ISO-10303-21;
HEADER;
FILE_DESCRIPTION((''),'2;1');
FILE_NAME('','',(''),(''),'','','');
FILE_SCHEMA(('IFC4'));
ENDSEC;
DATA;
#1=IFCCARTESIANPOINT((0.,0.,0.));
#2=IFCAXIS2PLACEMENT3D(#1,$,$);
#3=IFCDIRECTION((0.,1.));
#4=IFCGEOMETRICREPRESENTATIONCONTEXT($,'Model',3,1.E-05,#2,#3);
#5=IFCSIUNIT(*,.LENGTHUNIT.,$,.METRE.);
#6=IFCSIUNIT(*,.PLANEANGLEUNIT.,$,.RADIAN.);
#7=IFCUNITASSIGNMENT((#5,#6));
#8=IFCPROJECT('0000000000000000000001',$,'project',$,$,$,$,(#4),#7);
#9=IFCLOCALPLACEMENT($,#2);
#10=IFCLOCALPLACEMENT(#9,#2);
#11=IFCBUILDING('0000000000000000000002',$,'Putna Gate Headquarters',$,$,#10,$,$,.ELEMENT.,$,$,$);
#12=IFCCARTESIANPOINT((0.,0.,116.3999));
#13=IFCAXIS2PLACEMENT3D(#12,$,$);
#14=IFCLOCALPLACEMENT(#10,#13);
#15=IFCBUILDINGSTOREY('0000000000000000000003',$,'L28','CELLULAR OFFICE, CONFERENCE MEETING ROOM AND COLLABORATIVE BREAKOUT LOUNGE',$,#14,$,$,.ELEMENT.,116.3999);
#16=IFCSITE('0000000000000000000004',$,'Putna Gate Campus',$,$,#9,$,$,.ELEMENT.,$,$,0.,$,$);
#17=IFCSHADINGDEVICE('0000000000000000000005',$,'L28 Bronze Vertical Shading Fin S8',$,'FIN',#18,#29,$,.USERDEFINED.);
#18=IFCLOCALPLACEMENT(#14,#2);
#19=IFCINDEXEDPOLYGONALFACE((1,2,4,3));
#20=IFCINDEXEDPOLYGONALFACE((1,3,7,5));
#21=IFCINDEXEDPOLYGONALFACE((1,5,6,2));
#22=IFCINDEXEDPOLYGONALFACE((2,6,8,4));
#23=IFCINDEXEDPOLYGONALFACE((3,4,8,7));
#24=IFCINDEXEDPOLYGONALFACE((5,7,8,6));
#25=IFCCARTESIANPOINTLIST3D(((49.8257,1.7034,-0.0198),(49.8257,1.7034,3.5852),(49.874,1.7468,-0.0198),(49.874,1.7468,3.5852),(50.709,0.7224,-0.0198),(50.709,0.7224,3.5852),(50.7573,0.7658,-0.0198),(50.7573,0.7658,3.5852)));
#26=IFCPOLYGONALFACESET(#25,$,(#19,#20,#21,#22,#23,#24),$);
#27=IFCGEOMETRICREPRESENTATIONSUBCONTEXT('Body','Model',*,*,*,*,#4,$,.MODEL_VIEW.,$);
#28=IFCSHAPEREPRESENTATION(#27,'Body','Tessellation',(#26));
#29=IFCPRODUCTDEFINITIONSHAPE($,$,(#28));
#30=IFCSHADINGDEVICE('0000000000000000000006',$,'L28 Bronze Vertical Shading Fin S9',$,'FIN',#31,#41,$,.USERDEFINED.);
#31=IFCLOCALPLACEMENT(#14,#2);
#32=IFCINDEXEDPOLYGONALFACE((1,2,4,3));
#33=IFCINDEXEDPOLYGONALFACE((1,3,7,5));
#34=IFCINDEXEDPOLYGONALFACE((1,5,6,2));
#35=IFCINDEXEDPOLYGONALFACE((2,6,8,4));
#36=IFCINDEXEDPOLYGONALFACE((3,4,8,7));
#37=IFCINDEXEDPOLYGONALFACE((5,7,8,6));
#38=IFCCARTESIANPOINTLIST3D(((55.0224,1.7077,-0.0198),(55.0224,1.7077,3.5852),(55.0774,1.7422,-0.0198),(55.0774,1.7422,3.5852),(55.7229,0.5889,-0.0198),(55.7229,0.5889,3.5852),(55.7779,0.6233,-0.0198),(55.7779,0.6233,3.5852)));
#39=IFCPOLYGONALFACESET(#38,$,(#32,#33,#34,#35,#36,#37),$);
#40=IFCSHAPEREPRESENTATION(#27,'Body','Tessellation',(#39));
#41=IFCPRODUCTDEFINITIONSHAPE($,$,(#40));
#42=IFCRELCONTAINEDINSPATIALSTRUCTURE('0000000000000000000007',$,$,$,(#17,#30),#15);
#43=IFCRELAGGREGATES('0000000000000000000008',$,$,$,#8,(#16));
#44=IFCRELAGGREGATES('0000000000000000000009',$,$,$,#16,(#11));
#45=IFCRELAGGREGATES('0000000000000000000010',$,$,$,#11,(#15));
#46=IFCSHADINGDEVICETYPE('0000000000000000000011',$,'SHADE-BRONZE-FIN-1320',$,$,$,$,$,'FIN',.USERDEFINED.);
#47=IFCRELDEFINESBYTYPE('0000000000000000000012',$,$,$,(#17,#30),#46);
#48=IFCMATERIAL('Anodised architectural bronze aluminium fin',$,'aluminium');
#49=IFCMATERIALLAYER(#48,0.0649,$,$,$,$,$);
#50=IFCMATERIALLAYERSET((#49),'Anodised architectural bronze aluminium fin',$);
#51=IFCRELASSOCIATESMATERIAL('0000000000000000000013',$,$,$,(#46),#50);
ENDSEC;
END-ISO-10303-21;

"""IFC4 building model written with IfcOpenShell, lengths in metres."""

from ifc_helpers import new_model, si_unit, direction, frame, origin, origin_2d, place, context, subcontext, project, spatial, rectangle, extrude, material, layer, layer_set, type_object, element, save


model = new_model("IFC4")

# Units and contexts
model_context = context("Model", 3, precision=1e-05, world=origin(), true_north=direction((0.0, 1.0)))
body_context = subcontext(model_context, "Body", "Model", "MODEL_VIEW")
ifc_project = project(units=[si_unit("LENGTHUNIT", "METRE"), si_unit("PLANEANGLEUNIT", "RADIAN")], contexts=[model_context])

# Site, building, storey
site_placement = place(None, origin())
site = spatial("IfcSite", under=ifc_project, at=site_placement, Name="Putna Gate Campus", CompositionType="ELEMENT", RefElevation=0.0)
building_placement = place(site_placement, origin())
building = spatial("IfcBuilding", under=site, at=building_placement, Name="Putna Gate Headquarters", CompositionType="ELEMENT")
storey_placement = place(building_placement, frame((0.0, 0.0, 116.3999)))
storey = spatial("IfcBuildingStorey", under=building, at=storey_placement, Name="L28", Description="CELLULAR OFFICE, CONFERENCE MEETING ROOM AND COLLABORATIVE BREAKOUT LOUNGE", CompositionType="ELEMENT", Elevation=116.3999)

# Shading devices
ifc_material_1 = material(Name="Anodised architectural bronze aluminium fin", Category="aluminium")
ifc_layer_1 = layer(ifc_material_1, 0.0649)
ifc_layer_set_1 = layer_set([ifc_layer_1], Name="Anodised architectural bronze aluminium fin")
shading_device_type = type_object("IfcShadingDeviceType", Name="SHADE-BRONZE-FIN-1320", ElementType="FIN", PredefinedType="USERDEFINED", material=ifc_layer_set_1)
for number, where, z_axis, x_axis, name in (
    (1, (50.2915, 1.2346, -0.0198), (0.0, 0.0, 1.0), (0.669131, -0.743145, 0.0), "L28 Bronze Vertical Shading Fin S8"),
    (2, (55.4001, 1.1655, -0.0198), (0.0, 0.0, 1.0), (0.530659, -0.847585, 0.0), "L28 Bronze Vertical Shading Fin S9"),
):
    element("IfcShadingDevice", number, at=place(storey_placement, frame(where, z_axis=z_axis, x_axis=x_axis)), inside=storey, type_object=shading_device_type, Name=name, ObjectType="FIN", PredefinedType="USERDEFINED", context=body_context, shape_type="SweptSolid", body=[
        extrude(rectangle(XDim=1.3201, YDim=0.0649, at=origin_2d()), origin(), (0.0, 0.0, 1.0), 3.605),
    ])

save(model, "model.ifc")
